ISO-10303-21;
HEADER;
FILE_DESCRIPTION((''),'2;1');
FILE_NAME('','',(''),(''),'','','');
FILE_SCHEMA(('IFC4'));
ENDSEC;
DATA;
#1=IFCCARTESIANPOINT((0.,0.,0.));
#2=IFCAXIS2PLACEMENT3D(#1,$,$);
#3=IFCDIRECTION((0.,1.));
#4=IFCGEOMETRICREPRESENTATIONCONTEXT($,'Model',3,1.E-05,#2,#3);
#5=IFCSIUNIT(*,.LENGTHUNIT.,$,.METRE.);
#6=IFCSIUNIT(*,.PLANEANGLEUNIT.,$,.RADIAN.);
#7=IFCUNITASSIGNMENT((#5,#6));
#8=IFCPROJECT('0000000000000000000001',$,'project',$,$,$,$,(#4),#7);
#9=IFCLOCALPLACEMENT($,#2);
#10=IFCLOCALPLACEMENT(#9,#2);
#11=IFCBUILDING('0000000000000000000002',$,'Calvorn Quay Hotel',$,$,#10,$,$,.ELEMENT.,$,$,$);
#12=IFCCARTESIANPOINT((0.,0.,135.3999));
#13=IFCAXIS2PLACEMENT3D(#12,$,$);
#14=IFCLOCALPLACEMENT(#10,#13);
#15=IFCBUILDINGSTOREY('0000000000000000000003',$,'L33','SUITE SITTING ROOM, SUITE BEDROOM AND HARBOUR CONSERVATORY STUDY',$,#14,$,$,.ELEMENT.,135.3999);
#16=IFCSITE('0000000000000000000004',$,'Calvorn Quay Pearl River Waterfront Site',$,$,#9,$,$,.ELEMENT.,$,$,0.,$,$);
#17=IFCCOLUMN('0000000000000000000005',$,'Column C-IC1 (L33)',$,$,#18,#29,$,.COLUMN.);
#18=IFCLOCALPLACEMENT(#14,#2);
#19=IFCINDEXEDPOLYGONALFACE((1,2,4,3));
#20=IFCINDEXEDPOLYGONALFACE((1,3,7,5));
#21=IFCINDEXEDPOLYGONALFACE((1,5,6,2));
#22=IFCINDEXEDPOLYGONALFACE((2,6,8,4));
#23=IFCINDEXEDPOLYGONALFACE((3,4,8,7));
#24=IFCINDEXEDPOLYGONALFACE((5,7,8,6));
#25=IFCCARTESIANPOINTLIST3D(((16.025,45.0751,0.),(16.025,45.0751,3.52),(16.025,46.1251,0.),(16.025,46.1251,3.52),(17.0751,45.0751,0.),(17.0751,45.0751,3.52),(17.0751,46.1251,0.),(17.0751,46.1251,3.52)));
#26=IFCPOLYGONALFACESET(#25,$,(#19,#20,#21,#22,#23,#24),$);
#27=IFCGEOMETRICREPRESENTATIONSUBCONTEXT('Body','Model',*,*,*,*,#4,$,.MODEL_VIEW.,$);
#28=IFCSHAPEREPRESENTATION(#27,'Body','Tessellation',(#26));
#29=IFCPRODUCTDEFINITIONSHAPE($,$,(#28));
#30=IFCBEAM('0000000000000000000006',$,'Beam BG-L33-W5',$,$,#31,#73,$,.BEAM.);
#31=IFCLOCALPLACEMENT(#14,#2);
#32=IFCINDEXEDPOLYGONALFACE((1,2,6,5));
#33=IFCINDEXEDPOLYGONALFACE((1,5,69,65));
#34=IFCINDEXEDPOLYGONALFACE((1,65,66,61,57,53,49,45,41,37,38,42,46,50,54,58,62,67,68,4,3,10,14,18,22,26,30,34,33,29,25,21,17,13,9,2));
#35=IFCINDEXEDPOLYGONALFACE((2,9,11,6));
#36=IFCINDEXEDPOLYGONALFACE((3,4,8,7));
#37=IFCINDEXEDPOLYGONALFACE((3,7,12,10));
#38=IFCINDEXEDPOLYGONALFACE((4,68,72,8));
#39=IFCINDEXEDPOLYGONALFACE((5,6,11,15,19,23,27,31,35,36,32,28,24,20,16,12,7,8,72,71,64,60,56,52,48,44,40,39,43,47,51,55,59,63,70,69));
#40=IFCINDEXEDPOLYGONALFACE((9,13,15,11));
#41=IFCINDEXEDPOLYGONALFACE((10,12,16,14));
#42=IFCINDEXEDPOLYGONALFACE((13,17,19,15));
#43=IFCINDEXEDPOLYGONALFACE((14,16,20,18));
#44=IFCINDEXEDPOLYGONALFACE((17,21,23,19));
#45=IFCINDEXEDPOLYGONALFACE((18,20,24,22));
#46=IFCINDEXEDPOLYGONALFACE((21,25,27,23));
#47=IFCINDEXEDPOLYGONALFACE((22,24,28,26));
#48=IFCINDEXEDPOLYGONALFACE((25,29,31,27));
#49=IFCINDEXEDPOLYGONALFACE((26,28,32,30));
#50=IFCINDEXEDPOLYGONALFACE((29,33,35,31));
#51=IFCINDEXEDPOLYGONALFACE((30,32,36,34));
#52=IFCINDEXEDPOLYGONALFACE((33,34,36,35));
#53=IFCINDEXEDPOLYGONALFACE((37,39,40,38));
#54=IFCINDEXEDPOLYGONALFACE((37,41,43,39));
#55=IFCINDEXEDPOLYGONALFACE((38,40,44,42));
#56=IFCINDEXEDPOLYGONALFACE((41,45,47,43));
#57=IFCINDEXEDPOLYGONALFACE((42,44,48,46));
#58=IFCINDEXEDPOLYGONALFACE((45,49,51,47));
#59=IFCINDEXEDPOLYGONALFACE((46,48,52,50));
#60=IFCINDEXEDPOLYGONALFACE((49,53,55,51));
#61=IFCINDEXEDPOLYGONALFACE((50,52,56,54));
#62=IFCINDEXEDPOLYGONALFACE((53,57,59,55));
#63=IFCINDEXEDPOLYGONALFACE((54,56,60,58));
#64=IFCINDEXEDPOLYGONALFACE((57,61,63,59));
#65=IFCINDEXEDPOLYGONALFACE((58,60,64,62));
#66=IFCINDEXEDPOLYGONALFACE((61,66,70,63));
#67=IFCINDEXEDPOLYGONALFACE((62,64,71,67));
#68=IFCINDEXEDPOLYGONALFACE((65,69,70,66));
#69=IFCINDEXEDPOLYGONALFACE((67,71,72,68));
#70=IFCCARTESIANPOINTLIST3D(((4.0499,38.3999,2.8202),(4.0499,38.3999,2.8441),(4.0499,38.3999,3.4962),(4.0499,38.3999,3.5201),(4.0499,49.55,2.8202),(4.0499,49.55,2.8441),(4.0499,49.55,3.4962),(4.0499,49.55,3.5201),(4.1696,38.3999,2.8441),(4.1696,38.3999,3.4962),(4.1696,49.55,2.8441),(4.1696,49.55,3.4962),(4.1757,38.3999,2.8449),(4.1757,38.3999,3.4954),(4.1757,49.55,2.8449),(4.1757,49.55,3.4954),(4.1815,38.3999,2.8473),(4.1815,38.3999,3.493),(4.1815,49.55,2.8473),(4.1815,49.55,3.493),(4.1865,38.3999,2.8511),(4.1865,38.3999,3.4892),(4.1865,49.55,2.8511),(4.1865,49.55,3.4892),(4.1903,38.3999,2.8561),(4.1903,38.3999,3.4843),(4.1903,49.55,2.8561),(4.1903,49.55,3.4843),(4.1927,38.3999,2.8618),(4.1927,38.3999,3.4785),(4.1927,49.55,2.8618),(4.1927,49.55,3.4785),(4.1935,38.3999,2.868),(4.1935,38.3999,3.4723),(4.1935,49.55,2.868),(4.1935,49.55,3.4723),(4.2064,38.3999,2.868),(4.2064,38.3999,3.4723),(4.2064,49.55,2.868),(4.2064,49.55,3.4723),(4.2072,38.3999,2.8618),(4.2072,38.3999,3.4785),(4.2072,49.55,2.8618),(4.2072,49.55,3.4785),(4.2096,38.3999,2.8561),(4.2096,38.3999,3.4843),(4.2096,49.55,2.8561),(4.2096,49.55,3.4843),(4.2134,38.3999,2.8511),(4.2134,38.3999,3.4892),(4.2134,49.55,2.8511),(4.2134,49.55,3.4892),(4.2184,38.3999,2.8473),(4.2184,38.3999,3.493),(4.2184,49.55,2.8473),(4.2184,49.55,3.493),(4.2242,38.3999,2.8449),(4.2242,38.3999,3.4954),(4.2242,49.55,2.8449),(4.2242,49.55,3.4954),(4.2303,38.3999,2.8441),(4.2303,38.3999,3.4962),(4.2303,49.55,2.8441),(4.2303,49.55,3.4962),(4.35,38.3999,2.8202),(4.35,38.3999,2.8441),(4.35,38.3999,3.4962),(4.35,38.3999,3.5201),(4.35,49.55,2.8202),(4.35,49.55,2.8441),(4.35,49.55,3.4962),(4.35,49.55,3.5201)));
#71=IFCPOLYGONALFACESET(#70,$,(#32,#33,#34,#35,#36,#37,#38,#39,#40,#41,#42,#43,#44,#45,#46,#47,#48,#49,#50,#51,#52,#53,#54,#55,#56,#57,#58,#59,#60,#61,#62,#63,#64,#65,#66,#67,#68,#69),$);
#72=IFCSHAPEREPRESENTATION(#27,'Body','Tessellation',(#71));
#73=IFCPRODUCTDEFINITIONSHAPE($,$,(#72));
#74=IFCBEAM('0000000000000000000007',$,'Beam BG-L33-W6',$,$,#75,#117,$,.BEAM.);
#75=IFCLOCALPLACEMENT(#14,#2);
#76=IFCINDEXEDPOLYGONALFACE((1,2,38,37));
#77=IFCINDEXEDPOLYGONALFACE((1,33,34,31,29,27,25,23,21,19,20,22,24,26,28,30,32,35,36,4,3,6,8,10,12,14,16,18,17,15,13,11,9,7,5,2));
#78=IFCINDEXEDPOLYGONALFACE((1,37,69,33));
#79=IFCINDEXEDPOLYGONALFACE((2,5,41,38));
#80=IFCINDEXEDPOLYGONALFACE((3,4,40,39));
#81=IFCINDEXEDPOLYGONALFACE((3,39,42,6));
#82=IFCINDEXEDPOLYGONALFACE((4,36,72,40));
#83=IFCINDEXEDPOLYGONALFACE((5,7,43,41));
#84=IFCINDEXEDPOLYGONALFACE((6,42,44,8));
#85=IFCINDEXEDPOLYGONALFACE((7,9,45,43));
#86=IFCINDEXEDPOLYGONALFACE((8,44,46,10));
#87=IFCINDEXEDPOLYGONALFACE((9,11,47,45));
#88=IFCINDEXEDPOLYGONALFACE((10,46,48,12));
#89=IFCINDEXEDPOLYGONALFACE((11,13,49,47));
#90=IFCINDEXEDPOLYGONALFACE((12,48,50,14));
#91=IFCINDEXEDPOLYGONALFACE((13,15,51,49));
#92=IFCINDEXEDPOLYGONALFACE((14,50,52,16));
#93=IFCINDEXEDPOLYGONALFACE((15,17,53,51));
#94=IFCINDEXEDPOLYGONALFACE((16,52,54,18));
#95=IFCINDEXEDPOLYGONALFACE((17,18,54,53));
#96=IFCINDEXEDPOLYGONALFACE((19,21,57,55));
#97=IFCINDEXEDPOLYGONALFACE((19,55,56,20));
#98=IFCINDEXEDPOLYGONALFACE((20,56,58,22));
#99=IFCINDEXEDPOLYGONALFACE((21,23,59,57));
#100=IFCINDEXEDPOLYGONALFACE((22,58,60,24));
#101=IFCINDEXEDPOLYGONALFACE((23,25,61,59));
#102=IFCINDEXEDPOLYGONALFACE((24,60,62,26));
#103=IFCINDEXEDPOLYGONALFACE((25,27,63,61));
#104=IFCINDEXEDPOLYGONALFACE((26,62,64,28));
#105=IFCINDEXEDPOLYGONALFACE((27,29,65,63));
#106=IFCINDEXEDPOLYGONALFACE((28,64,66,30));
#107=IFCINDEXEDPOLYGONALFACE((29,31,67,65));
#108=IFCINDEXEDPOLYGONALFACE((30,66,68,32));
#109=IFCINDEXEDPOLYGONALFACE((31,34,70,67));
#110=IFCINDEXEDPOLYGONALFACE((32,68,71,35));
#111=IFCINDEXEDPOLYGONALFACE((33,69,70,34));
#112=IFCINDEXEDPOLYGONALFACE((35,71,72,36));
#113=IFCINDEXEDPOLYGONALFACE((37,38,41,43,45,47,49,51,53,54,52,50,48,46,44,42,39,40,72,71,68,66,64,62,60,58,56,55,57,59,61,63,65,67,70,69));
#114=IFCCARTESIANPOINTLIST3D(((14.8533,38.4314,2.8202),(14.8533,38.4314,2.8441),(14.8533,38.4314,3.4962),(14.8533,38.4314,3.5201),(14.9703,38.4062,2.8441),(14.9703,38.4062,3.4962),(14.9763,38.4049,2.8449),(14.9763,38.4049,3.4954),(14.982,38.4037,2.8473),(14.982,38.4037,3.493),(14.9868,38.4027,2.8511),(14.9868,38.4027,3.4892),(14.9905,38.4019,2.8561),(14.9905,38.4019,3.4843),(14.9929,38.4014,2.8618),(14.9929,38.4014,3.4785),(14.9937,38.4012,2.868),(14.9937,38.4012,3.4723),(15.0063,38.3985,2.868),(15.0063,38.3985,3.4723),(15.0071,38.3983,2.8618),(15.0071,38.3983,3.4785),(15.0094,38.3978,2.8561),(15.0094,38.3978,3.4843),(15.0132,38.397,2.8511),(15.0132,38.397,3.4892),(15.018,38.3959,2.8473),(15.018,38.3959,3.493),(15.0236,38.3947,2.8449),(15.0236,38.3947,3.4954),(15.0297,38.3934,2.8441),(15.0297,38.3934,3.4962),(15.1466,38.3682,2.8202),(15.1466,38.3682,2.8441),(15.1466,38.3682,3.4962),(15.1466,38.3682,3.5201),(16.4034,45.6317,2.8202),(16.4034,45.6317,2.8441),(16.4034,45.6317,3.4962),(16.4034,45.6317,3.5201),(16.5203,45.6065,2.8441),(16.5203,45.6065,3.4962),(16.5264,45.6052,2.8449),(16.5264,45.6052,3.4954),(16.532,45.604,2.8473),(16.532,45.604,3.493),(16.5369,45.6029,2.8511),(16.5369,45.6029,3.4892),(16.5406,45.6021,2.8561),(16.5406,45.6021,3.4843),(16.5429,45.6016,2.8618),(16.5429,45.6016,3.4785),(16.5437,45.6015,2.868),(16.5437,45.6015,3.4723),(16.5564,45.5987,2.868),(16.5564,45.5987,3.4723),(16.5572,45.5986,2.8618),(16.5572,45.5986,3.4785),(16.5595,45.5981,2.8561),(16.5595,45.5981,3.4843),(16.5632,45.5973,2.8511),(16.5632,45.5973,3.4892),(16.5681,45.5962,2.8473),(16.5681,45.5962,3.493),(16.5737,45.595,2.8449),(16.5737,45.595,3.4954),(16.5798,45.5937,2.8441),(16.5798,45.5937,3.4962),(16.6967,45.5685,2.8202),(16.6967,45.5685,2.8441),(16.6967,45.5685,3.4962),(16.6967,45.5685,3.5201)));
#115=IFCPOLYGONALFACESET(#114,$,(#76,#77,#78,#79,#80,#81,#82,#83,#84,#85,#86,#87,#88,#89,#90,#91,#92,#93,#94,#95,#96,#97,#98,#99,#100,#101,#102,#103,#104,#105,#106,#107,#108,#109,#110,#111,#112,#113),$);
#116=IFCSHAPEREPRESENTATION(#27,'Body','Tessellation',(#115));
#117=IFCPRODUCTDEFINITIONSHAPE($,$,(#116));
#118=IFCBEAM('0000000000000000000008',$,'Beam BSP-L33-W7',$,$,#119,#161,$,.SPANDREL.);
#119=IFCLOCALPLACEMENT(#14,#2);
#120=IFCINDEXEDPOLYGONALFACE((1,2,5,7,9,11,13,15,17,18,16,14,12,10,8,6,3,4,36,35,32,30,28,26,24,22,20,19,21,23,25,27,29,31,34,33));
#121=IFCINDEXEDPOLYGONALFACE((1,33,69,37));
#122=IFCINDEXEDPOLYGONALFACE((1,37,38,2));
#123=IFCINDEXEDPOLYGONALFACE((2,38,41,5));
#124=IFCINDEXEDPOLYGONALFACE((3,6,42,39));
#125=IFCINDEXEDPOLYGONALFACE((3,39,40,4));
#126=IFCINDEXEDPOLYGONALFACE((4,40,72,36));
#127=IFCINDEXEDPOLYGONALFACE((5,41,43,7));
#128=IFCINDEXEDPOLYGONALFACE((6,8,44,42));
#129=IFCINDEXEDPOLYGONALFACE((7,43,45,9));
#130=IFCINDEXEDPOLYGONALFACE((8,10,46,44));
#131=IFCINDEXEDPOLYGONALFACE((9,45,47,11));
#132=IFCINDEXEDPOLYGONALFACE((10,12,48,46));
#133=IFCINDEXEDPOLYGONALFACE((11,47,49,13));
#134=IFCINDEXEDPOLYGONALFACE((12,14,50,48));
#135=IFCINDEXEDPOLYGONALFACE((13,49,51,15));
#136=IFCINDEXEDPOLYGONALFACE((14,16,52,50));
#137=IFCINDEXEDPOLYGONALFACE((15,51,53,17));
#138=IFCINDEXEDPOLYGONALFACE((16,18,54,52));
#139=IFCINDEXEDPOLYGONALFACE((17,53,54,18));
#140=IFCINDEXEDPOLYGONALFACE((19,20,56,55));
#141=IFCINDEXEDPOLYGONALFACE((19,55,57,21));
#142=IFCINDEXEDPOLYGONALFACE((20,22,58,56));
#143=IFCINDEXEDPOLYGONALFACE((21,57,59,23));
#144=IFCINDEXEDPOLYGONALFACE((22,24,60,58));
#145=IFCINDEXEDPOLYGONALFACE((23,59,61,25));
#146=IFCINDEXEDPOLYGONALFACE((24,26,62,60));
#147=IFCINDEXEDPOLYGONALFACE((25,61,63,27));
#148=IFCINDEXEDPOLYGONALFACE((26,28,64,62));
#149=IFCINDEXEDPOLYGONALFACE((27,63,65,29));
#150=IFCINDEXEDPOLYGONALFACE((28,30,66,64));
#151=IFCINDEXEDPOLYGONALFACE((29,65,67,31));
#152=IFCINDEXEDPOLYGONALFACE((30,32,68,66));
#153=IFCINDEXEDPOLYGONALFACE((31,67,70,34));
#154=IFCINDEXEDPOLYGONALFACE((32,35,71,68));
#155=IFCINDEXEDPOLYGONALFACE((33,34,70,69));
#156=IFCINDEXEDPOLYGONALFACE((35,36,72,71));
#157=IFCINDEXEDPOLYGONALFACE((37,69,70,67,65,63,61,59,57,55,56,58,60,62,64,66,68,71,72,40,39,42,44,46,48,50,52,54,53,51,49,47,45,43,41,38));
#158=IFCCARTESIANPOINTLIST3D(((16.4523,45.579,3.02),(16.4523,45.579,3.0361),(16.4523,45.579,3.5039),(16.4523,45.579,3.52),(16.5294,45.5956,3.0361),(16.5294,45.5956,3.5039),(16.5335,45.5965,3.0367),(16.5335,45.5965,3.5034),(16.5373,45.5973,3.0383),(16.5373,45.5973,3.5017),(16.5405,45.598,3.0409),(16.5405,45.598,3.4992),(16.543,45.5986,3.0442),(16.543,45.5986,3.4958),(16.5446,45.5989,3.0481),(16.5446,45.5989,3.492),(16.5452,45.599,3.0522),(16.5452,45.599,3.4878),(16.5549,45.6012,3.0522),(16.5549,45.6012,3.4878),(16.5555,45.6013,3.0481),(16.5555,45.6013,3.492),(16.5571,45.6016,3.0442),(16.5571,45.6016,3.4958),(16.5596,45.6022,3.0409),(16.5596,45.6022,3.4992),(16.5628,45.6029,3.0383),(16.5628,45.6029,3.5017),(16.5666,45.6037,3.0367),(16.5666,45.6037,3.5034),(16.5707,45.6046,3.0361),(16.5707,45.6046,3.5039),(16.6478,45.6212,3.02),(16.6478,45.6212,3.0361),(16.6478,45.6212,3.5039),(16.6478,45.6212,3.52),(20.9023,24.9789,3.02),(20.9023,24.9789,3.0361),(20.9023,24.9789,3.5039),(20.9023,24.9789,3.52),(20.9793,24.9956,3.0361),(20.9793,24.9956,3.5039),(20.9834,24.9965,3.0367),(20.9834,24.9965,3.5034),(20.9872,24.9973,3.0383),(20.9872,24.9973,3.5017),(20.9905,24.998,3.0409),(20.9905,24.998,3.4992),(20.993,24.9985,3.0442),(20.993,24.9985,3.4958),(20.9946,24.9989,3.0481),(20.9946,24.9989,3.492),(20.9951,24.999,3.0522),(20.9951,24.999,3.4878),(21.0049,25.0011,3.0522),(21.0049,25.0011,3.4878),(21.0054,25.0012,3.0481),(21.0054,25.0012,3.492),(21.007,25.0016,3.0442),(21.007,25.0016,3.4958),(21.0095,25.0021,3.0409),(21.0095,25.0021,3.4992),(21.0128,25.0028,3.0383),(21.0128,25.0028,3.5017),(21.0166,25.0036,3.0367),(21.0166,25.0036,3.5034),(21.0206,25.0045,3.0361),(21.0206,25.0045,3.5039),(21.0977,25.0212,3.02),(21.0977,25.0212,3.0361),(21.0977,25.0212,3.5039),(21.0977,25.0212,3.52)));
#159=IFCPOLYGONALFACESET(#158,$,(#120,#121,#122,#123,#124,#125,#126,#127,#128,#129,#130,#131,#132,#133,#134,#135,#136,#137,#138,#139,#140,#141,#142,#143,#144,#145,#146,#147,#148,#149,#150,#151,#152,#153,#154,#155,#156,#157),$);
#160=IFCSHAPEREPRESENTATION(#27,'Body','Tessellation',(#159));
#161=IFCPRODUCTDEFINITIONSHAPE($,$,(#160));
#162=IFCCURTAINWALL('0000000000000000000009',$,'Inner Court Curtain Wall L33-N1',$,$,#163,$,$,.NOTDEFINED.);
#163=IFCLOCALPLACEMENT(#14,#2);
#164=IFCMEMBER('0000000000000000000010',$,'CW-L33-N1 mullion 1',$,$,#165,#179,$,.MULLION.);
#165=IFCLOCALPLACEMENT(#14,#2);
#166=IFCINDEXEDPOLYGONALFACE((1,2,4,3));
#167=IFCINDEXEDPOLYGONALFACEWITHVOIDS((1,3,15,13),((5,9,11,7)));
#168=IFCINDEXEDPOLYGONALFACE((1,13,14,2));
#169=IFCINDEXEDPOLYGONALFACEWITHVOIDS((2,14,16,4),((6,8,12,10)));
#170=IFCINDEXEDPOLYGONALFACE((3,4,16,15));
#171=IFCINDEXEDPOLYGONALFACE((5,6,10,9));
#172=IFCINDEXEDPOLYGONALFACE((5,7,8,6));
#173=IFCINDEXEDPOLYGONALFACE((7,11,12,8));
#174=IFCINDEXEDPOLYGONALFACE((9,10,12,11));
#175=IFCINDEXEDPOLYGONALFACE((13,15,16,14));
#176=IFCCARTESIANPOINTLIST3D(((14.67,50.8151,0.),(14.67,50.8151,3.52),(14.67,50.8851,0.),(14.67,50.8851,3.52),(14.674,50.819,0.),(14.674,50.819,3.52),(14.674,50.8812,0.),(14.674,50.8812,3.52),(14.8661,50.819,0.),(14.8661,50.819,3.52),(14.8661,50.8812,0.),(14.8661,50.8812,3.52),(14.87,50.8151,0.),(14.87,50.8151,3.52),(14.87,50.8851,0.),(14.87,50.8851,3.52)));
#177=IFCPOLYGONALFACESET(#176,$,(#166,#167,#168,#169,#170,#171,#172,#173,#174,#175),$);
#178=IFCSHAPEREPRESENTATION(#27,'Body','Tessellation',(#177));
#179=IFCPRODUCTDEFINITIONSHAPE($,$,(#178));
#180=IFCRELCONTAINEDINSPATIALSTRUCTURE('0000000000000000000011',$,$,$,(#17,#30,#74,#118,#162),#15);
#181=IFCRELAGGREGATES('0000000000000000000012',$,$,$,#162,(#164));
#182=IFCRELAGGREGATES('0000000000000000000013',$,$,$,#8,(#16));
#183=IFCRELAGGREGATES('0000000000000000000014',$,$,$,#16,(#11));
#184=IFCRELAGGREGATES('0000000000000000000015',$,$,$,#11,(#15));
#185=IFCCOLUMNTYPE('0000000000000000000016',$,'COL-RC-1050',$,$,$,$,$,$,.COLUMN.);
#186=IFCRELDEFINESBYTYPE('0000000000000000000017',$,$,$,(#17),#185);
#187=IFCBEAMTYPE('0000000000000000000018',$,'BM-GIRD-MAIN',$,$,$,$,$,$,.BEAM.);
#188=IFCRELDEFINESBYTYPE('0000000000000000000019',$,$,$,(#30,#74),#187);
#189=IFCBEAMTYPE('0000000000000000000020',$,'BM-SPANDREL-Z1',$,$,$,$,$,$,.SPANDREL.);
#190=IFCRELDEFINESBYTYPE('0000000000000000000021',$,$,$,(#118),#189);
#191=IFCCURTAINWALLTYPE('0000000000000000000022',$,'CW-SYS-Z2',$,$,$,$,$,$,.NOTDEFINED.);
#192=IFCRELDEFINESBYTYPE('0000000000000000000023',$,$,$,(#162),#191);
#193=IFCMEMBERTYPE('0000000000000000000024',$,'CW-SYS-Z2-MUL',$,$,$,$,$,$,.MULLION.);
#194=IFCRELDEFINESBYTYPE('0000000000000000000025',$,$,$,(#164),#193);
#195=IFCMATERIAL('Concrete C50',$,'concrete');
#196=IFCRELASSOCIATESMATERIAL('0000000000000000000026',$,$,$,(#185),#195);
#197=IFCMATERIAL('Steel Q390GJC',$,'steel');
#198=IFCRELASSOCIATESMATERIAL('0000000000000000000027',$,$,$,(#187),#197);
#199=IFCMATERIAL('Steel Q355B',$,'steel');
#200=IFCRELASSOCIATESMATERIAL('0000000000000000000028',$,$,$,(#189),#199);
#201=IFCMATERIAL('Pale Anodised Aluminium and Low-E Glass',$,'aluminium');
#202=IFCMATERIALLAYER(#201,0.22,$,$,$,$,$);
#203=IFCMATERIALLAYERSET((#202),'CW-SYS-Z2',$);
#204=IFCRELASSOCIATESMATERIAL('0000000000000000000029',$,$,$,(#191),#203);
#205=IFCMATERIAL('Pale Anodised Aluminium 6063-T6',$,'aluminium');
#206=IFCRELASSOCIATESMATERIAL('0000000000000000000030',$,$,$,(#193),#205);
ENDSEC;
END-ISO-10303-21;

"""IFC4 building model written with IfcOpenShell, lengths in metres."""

from ifc_helpers import new_model, si_unit, direction, frame, origin, origin_2d, place, context, subcontext, project, spatial, rectangle, hollow_rectangle, i_section, extrude, material, layer, layer_set, material_profile, profile_set, type_object, element, aggregate, save


model = new_model("IFC4")

# Units and contexts
model_context = context("Model", 3, precision=1e-05, world=origin(), true_north=direction((0.0, 1.0)))
body_context = subcontext(model_context, "Body", "Model", "MODEL_VIEW")
ifc_project = project(units=[si_unit("LENGTHUNIT", "METRE"), si_unit("PLANEANGLEUNIT", "RADIAN")], contexts=[model_context])

# Site, building, storey
site_placement = place(None, origin())
site = spatial("IfcSite", under=ifc_project, at=site_placement, Name="Calvorn Quay Pearl River Waterfront Site", CompositionType="ELEMENT", RefElevation=0.0)
building_placement = place(site_placement, origin())
building = spatial("IfcBuilding", under=site, at=building_placement, Name="Calvorn Quay Hotel", CompositionType="ELEMENT")
storey_placement = place(building_placement, frame((0.0, 0.0, 135.3999)))
storey = spatial("IfcBuildingStorey", under=building, at=storey_placement, Name="L33", Description="SUITE SITTING ROOM, SUITE BEDROOM AND HARBOUR CONSERVATORY STUDY", CompositionType="ELEMENT", Elevation=135.3999)

# Column
ifc_material_1 = material(Name="Concrete C50", Category="concrete")
ifc_material_profile_1 = material_profile(ifc_material_1, rectangle(XDim=1.05, YDim=1.05, at=origin_2d()), Name="RC1050x1050")
ifc_profile_set_1 = profile_set([ifc_material_profile_1], Name="Concrete C50")
column_type = type_object("IfcColumnType", Name="COL-RC-1050", PredefinedType="COLUMN", material=ifc_profile_set_1)
column_placement = place(storey_placement, frame((16.55, 45.6001, 0.0), z_axis=(0.0, 0.0, 1.0), x_axis=(1.0, 0.0, 0.0)))
element("IfcColumn", 1, at=column_placement, inside=storey, type_object=column_type, Name="Column C-IC1 (L33)", PredefinedType="COLUMN", context=body_context, shape_type="SweptSolid", body=[
    extrude(rectangle(XDim=1.05, YDim=1.05, at=origin_2d()), origin(), (0.0, 0.0, 1.0), 3.52),
])

# Beams
ifc_material_2 = material(Name="Steel Q390GJC", Category="steel")
ifc_material_profile_2 = material_profile(ifc_material_2, i_section(OverallWidth=0.3, OverallDepth=0.7, WebThickness=0.0129, FlangeThickness=0.0239, FilletRadius=0.0239, at=origin_2d()), Name="HN700x300x13x24")
ifc_profile_set_2 = profile_set([ifc_material_profile_2], Name="Steel Q390GJC")
beam_type_1 = type_object("IfcBeamType", Name="BM-GIRD-MAIN", PredefinedType="BEAM", material=ifc_profile_set_2)
beam_1_placement = place(storey_placement, frame((4.2, 49.55, 3.1702), z_axis=(0.0, -1.0, 0.0), x_axis=(1.0, 0.0, 0.0)))
element("IfcBeam", 2, at=beam_1_placement, inside=storey, type_object=beam_type_1, Name="Beam BG-L33-W5", PredefinedType="BEAM", context=body_context, shape_type="SweptSolid", body=[
    extrude(i_section(OverallWidth=0.3, OverallDepth=0.7, WebThickness=0.0129, FlangeThickness=0.0239, FilletRadius=0.0239, at=origin_2d()), origin(), (0.0, 0.0, 1.0), 11.1501),
])
beam_2_placement = place(storey_placement, frame((16.55, 45.6001, 3.1702), z_axis=(-0.210457, -0.977603, 0.0), x_axis=(0.977603, -0.210457, 0.0)))
element("IfcBeam", 3, at=beam_2_placement, inside=storey, type_object=beam_type_1, Name="Beam BG-L33-W6", PredefinedType="BEAM", context=body_context, shape_type="SweptSolid", body=[
    extrude(i_section(OverallWidth=0.3, OverallDepth=0.7, WebThickness=0.0129, FlangeThickness=0.0239, FilletRadius=0.0239, at=origin_2d()), origin(), (0.0, 0.0, 1.0), 7.3652),
])
ifc_material_3 = material(Name="Steel Q355B", Category="steel")
ifc_material_profile_3 = material_profile(ifc_material_3, i_section(OverallWidth=0.2, OverallDepth=0.5, WebThickness=0.01, FlangeThickness=0.0161, FilletRadius=0.0161, at=origin_2d()), Name="HN500x200x10x16")
ifc_profile_set_3 = profile_set([ifc_material_profile_3], Name="Steel Q355B")
beam_type_2 = type_object("IfcBeamType", Name="BM-SPANDREL-Z1", PredefinedType="SPANDREL", material=ifc_profile_set_3)
beam_3_placement = place(storey_placement, frame((16.55, 45.6001, 3.27), z_axis=(0.211146, -0.977455, 0.0), x_axis=(0.977455, 0.211146, 0.0)))
element("IfcBeam", 4, at=beam_3_placement, inside=storey, type_object=beam_type_2, Name="Beam BSP-L33-W7", PredefinedType="SPANDREL", context=body_context, shape_type="SweptSolid", body=[
    extrude(i_section(OverallWidth=0.2, OverallDepth=0.5, WebThickness=0.01, FlangeThickness=0.0161, FilletRadius=0.0161, at=origin_2d()), origin(), (0.0, 0.0, 1.0), 21.0752),
])

# Curtain wall, member
ifc_material_4 = material(Name="Pale Anodised Aluminium and Low-E Glass", Category="aluminium")
ifc_layer_1 = layer(ifc_material_4, 0.22)
ifc_layer_set_1 = layer_set([ifc_layer_1], Name="CW-SYS-Z2")
curtain_wall_type = type_object("IfcCurtainWallType", Name="CW-SYS-Z2", PredefinedType="NOTDEFINED", material=ifc_layer_set_1)
curtain_wall_placement = place(storey_placement, origin())
curtain_wall = element("IfcCurtainWall", 5, at=curtain_wall_placement, inside=storey, type_object=curtain_wall_type, Name="Inner Court Curtain Wall L33-N1", PredefinedType="NOTDEFINED")
ifc_material_5 = material(Name="Pale Anodised Aluminium 6063-T6", Category="aluminium")
ifc_material_profile_4 = material_profile(ifc_material_5, hollow_rectangle(XDim=0.0701, YDim=0.2, WallThickness=0.0039, at=origin_2d()), Name="ALU-M200x70x4")
ifc_profile_set_4 = profile_set([ifc_material_profile_4], Name="Pale Anodised Aluminium 6063-T6")
member_type_1 = type_object("IfcMemberType", Name="CW-SYS-Z2-MUL", PredefinedType="MULLION", material=ifc_profile_set_4)
member_1_placement = place(storey_placement, frame((14.77, 50.8501, 0.0), z_axis=(0.0, 0.0, 1.0), x_axis=(0.0, -1.0, 0.0)))
member_1 = element("IfcMember", 6, at=member_1_placement, type_object=member_type_1, Name="CW-L33-N1 mullion 1", PredefinedType="MULLION", context=body_context, shape_type="SweptSolid", body=[
    extrude(hollow_rectangle(XDim=0.0701, YDim=0.2, WallThickness=0.0039, at=origin_2d()), origin(), (0.0, 0.0, 1.0), 3.52),
])
aggregate(curtain_wall, [member_1])

save(model, "model.ifc")
